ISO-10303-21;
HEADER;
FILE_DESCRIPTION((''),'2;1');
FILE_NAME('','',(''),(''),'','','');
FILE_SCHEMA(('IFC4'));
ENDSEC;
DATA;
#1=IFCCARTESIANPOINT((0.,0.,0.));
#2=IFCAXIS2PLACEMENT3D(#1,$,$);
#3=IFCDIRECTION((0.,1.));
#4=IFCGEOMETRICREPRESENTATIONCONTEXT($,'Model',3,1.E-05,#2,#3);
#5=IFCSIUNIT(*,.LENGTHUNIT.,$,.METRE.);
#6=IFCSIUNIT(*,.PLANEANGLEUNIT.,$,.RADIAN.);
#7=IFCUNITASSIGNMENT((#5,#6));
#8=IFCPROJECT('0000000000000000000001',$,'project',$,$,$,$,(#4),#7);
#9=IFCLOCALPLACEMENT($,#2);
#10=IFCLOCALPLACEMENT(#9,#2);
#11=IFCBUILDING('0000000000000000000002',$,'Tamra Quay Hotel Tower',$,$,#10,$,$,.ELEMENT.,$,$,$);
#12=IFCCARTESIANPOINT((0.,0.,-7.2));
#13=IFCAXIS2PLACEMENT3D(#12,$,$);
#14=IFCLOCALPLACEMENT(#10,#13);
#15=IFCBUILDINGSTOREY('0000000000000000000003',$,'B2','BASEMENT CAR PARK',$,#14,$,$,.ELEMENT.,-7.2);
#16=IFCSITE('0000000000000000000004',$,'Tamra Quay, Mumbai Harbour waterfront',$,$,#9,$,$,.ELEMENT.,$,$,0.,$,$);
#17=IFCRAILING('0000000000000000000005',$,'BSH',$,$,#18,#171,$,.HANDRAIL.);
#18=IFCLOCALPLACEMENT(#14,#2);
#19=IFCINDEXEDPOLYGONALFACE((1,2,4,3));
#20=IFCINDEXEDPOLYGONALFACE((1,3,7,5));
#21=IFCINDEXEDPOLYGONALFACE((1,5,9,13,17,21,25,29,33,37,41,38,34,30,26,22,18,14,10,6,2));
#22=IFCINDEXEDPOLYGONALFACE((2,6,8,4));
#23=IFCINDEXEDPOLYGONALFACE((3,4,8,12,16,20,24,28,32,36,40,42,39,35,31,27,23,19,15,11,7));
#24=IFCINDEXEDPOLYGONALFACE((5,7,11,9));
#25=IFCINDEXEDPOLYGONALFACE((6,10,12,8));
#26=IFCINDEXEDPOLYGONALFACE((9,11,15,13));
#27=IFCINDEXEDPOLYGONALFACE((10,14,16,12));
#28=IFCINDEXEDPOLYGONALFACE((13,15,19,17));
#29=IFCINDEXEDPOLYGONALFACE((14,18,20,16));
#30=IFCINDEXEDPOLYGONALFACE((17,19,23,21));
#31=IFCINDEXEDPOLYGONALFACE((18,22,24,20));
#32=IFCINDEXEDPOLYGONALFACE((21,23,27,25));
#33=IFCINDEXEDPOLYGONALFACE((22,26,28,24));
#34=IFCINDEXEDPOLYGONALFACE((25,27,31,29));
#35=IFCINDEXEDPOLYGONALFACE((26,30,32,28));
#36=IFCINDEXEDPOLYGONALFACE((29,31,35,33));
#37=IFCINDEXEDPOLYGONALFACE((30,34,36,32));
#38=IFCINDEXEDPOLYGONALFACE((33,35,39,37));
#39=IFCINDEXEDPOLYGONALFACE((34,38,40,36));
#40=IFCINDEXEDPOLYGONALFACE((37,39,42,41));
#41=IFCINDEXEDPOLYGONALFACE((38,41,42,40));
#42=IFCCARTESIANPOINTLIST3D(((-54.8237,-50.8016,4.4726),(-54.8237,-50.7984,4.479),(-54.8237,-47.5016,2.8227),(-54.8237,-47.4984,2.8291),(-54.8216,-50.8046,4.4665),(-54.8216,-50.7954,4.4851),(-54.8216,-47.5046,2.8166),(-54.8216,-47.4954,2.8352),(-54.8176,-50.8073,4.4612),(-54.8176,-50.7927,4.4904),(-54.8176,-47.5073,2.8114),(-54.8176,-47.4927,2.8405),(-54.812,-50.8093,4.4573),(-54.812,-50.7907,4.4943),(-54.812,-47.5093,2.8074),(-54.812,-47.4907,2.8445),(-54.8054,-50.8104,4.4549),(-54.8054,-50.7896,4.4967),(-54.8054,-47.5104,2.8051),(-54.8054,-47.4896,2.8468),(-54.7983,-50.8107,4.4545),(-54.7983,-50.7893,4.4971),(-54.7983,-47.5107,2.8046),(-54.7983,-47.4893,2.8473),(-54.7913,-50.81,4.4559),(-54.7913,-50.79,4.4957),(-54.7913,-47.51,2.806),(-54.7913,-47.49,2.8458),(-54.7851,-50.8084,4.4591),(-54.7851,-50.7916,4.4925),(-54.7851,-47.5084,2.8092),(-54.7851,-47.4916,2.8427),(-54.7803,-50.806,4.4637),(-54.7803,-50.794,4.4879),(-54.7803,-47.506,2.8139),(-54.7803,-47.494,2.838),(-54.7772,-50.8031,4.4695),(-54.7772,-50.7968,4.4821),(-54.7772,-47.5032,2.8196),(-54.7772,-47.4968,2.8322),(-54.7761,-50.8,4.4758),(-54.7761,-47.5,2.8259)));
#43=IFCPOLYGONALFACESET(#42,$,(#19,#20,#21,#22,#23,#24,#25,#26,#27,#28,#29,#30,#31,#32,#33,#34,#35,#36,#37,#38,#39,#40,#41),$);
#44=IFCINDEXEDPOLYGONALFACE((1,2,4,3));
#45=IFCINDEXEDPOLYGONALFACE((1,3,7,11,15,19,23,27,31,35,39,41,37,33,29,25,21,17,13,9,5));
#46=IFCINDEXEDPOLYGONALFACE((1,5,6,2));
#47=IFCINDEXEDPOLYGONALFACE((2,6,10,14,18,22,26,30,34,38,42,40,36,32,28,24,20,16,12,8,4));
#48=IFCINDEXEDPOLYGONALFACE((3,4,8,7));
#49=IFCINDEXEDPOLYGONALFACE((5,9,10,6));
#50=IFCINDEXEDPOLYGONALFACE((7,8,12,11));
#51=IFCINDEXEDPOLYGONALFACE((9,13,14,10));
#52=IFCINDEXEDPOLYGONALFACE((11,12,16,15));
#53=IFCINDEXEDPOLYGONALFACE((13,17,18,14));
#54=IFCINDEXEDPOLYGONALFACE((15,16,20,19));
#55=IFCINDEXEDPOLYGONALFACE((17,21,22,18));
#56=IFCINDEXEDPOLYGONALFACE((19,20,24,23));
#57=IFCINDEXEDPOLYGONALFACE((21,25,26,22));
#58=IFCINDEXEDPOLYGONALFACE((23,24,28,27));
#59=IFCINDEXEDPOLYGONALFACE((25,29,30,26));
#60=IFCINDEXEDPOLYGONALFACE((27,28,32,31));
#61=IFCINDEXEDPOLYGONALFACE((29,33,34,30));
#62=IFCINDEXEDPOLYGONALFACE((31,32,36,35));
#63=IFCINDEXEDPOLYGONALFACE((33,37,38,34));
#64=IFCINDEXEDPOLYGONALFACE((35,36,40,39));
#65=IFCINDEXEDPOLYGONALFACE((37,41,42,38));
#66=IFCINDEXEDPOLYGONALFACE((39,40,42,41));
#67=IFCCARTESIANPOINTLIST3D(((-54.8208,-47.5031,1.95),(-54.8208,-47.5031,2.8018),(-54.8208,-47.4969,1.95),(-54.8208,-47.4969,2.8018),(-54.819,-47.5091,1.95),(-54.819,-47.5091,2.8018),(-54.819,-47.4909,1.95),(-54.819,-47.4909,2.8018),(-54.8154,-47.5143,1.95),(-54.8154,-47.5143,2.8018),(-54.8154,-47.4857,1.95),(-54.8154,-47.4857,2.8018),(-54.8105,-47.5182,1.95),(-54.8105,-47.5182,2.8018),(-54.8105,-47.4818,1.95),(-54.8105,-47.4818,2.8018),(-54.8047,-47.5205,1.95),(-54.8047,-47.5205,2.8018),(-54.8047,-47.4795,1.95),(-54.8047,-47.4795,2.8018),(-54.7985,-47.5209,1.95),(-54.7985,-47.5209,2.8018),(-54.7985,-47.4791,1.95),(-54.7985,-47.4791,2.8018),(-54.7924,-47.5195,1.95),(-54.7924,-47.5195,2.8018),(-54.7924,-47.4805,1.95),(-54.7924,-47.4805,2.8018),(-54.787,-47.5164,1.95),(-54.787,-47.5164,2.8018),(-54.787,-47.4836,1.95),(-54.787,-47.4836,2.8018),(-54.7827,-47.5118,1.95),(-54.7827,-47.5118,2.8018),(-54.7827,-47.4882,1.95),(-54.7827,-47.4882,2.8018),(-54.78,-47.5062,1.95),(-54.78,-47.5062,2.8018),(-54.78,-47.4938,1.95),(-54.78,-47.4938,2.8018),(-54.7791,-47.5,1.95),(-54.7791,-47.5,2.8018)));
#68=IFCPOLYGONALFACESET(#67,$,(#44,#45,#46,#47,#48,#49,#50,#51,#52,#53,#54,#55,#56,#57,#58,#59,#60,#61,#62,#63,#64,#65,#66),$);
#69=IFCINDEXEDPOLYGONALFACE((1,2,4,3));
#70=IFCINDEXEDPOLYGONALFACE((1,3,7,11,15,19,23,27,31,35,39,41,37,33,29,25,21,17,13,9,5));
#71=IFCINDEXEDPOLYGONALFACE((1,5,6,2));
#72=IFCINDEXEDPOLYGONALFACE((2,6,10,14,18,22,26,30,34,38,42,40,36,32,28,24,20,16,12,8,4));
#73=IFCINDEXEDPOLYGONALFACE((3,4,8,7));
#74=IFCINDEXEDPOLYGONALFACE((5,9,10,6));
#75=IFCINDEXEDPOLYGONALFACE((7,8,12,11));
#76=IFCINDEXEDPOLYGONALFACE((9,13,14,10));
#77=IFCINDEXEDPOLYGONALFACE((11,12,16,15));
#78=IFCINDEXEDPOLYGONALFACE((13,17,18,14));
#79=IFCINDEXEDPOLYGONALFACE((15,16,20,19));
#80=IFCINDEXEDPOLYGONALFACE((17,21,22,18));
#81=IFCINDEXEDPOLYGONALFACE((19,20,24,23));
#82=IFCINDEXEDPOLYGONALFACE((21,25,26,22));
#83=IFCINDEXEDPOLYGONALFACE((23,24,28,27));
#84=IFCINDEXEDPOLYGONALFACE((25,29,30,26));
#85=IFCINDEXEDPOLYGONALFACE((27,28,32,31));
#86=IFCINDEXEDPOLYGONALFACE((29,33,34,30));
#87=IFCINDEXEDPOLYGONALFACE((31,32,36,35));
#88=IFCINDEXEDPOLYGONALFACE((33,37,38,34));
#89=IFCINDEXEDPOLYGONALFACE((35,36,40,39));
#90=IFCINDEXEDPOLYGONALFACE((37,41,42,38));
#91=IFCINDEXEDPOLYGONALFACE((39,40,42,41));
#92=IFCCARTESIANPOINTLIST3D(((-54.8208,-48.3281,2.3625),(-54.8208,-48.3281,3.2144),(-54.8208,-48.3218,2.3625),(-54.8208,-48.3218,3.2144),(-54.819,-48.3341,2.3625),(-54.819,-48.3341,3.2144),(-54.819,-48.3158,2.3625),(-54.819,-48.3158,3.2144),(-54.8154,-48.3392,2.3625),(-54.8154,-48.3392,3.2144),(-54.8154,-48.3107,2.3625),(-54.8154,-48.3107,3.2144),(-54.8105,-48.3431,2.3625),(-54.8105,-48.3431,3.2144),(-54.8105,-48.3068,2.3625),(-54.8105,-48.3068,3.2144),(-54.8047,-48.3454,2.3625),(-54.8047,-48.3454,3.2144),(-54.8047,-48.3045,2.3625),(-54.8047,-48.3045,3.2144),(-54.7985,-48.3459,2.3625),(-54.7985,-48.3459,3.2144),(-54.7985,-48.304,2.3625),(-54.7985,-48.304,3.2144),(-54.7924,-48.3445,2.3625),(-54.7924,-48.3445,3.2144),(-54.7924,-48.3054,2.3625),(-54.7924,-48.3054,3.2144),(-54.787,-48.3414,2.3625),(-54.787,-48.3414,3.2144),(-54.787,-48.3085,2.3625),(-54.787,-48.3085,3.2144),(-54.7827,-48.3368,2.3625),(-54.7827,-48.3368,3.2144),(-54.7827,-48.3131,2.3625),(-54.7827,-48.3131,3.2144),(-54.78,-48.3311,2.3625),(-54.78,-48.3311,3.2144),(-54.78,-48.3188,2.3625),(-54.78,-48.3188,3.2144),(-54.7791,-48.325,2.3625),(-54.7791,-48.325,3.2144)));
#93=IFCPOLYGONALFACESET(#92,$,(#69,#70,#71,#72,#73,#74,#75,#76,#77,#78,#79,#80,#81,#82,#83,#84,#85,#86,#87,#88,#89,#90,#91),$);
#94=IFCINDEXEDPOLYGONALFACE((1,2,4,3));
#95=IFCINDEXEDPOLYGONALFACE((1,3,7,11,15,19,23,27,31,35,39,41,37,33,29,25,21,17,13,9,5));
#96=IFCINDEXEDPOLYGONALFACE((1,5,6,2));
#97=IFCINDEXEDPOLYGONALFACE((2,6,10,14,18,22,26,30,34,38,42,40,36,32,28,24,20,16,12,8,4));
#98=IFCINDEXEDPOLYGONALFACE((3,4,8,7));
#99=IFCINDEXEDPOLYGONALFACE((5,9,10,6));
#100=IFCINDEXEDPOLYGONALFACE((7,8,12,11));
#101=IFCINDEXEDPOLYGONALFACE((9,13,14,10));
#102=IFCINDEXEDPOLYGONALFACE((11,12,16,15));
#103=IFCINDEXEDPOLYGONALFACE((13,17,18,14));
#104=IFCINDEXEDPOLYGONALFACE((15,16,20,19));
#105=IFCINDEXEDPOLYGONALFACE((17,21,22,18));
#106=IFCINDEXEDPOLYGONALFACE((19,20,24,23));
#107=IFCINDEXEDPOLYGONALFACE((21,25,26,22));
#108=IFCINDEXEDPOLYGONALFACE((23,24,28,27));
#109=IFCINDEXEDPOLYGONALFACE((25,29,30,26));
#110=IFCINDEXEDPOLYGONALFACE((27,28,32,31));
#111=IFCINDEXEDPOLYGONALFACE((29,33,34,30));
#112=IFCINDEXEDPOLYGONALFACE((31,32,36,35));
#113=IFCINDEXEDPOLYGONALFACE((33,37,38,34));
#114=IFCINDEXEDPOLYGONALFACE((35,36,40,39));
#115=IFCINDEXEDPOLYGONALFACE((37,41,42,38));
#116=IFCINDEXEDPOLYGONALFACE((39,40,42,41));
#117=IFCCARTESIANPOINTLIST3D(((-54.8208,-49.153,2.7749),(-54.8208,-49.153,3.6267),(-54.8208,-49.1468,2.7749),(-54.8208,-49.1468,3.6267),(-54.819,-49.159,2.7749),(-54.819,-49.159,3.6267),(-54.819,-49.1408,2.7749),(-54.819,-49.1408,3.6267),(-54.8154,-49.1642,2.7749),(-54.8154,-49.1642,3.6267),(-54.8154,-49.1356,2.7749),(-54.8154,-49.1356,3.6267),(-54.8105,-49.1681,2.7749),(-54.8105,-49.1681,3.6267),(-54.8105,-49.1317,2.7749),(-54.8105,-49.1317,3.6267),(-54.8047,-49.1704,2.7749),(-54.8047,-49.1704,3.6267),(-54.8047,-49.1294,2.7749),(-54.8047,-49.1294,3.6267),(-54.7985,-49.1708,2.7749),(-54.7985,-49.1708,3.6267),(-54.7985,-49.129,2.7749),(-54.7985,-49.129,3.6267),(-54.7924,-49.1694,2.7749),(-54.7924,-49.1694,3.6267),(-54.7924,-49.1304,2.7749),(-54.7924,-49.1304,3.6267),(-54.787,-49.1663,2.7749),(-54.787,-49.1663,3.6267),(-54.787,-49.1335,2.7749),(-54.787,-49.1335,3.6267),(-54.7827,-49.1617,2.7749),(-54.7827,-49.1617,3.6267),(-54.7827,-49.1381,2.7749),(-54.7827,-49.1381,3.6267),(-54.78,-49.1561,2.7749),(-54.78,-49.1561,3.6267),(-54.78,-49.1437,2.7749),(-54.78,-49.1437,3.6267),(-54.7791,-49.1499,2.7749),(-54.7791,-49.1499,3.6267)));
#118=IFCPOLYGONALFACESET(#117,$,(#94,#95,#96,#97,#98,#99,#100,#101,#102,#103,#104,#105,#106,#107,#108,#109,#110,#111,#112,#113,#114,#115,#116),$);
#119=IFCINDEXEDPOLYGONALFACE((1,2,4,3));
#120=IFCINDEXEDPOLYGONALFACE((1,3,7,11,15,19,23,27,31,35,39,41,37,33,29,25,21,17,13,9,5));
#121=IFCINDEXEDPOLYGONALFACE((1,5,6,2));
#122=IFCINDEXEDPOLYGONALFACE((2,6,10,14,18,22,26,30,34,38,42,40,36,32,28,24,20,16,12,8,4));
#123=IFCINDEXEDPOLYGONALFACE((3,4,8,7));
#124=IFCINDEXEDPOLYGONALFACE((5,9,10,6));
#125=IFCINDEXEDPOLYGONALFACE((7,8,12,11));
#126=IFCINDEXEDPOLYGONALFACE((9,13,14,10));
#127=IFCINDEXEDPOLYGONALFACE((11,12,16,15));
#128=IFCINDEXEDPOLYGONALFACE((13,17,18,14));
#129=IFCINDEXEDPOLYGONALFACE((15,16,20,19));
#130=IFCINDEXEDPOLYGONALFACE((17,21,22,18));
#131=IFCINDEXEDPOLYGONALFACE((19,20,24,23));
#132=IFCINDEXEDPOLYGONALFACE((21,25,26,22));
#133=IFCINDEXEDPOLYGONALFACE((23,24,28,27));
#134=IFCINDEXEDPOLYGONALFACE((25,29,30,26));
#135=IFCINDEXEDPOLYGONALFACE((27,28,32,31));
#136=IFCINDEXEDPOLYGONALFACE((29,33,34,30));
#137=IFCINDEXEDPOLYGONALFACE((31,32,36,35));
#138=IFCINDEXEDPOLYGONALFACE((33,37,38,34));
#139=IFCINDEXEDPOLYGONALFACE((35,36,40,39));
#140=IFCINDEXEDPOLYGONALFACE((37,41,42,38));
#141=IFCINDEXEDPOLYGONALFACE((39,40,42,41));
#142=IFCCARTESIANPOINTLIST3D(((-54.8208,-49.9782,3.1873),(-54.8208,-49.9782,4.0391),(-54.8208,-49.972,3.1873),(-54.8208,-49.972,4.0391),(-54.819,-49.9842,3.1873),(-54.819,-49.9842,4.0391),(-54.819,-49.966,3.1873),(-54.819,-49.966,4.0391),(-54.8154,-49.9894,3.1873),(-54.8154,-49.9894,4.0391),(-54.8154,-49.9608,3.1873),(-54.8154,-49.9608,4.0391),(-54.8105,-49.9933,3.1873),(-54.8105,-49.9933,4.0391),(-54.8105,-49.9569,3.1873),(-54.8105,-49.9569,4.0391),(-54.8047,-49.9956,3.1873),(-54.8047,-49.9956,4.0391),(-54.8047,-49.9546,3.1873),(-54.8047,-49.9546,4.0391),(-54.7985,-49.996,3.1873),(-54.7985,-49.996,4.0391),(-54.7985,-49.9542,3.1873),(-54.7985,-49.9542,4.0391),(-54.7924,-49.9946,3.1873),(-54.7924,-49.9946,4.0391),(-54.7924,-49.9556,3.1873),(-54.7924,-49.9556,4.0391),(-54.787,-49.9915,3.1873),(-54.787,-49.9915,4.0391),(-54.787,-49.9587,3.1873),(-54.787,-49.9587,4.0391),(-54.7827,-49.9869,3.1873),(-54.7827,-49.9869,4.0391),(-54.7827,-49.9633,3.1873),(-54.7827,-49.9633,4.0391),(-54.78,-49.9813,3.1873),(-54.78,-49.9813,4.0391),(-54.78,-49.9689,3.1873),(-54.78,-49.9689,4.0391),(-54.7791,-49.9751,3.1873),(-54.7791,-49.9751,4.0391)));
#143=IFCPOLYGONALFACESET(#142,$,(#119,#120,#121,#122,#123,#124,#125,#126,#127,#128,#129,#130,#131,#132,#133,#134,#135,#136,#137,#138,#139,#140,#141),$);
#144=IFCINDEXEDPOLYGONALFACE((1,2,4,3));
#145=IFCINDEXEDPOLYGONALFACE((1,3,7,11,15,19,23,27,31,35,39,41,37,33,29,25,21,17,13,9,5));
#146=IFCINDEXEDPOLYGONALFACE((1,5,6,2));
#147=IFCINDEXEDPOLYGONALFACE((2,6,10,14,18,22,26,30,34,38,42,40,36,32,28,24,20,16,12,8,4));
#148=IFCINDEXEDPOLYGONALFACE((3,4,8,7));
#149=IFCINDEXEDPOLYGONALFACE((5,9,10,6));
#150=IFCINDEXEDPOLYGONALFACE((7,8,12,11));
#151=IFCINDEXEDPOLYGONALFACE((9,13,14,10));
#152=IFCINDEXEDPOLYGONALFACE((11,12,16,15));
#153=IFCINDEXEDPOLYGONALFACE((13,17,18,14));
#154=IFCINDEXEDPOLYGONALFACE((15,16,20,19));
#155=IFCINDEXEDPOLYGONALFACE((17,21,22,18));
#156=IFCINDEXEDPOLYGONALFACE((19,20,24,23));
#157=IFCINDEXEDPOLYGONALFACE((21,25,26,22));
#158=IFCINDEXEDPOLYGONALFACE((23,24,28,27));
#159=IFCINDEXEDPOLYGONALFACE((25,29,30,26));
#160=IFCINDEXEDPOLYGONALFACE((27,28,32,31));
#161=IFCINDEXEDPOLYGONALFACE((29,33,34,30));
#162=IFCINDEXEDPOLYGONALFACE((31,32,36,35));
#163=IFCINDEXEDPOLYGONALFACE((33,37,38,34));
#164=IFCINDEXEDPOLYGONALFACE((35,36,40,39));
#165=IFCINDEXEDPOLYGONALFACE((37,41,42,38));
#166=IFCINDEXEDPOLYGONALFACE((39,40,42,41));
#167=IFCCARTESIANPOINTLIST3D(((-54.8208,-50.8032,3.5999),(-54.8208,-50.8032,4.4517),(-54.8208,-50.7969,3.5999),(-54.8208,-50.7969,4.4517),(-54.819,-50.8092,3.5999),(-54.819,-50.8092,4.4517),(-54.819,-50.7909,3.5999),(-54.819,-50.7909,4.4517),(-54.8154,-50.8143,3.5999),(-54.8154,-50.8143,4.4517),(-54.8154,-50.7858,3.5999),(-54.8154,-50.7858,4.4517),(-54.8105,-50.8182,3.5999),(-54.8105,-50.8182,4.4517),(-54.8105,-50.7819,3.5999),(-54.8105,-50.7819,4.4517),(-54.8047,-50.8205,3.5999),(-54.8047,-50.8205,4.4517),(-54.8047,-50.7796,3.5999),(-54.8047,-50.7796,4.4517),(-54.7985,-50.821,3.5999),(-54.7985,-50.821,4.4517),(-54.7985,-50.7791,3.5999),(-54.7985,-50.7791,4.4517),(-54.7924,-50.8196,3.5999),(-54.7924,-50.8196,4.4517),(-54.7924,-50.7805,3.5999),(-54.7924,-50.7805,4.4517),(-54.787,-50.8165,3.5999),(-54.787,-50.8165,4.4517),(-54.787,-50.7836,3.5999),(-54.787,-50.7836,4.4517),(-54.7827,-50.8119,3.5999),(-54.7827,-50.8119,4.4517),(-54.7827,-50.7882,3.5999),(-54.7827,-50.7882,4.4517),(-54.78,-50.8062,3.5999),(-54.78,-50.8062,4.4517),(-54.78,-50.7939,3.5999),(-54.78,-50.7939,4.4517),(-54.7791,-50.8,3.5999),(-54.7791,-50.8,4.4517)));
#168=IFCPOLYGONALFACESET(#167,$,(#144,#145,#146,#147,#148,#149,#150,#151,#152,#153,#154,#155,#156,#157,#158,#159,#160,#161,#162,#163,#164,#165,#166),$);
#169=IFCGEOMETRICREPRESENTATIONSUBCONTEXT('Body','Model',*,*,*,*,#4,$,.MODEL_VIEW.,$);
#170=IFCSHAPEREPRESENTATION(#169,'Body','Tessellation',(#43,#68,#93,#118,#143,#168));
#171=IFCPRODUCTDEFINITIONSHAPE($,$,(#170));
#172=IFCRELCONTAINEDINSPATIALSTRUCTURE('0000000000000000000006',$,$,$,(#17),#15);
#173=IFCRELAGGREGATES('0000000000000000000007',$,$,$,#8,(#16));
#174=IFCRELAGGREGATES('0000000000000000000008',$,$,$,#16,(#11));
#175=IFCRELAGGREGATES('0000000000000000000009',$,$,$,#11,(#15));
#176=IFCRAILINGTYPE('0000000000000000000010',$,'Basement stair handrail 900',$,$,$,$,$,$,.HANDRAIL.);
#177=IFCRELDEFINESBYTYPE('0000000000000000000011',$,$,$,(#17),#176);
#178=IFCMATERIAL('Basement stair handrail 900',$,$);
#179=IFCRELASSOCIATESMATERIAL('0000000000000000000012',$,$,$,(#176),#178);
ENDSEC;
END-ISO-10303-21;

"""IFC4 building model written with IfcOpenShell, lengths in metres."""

from ifc_helpers import new_model, si_unit, direction, frame, origin, origin_2d, place, context, subcontext, project, spatial, circle, extrude, material, type_object, element, save


model = new_model("IFC4")

# Units and contexts
model_context = context("Model", 3, precision=1e-05, world=origin(), true_north=direction((0.0, 1.0)))
body_context = subcontext(model_context, "Body", "Model", "MODEL_VIEW")
ifc_project = project(units=[si_unit("LENGTHUNIT", "METRE"), si_unit("PLANEANGLEUNIT", "RADIAN")], contexts=[model_context])

# Site, building, storey
site_placement = place(None, origin())
site = spatial("IfcSite", under=ifc_project, at=site_placement, Name="Tamra Quay, Mumbai Harbour waterfront", CompositionType="ELEMENT", RefElevation=0.0)
building_placement = place(site_placement, origin())
building = spatial("IfcBuilding", under=site, at=building_placement, Name="Tamra Quay Hotel Tower", CompositionType="ELEMENT")
storey_placement = place(building_placement, frame((0.0, 0.0, -7.2)))
storey = spatial("IfcBuildingStorey", under=building, at=storey_placement, Name="B2", Description="BASEMENT CAR PARK", CompositionType="ELEMENT", Elevation=-7.2)

# Railing
ifc_material_1 = material(Name="Basement stair handrail 900")
railing_type_1 = type_object("IfcRailingType", Name="Basement stair handrail 900", PredefinedType="HANDRAIL", material=ifc_material_1)
railing_1_placement = place(storey_placement, frame((-54.8, -47.5, 1.95)))
element("IfcRailing", 1, at=railing_1_placement, inside=storey, type_object=railing_type_1, Name="BSH", PredefinedType="HANDRAIL", context=body_context, shape_type="SweptSolid", body=[
    extrude(circle(Radius=0.0239, at=origin_2d()), frame((0.0, 0.0, 0.876), z_axis=(0.0, -0.89444, 0.447187), x_axis=(1.0, 0.0, 0.0)), (0.0, 0.0, 1.0), 3.6895),
    extrude(circle(Radius=0.021, at=origin_2d()), origin(), (0.0, 0.0, 1.0), 0.8518),
    extrude(circle(Radius=0.021, at=origin_2d()), frame((0.0, -0.825, 0.4126)), (0.0, 0.0, 1.0), 0.8518),
    extrude(circle(Radius=0.021, at=origin_2d()), frame((0.0, -1.6499, 0.825)), (0.0, 0.0, 1.0), 0.8518),
    extrude(circle(Radius=0.021, at=origin_2d()), frame((0.0, -2.4751, 1.2373)), (0.0, 0.0, 1.0), 0.8518),
    extrude(circle(Radius=0.021, at=origin_2d()), frame((0.0, -3.3, 1.6499)), (0.0, 0.0, 1.0), 0.8518),
])

save(model, "model.ifc")
